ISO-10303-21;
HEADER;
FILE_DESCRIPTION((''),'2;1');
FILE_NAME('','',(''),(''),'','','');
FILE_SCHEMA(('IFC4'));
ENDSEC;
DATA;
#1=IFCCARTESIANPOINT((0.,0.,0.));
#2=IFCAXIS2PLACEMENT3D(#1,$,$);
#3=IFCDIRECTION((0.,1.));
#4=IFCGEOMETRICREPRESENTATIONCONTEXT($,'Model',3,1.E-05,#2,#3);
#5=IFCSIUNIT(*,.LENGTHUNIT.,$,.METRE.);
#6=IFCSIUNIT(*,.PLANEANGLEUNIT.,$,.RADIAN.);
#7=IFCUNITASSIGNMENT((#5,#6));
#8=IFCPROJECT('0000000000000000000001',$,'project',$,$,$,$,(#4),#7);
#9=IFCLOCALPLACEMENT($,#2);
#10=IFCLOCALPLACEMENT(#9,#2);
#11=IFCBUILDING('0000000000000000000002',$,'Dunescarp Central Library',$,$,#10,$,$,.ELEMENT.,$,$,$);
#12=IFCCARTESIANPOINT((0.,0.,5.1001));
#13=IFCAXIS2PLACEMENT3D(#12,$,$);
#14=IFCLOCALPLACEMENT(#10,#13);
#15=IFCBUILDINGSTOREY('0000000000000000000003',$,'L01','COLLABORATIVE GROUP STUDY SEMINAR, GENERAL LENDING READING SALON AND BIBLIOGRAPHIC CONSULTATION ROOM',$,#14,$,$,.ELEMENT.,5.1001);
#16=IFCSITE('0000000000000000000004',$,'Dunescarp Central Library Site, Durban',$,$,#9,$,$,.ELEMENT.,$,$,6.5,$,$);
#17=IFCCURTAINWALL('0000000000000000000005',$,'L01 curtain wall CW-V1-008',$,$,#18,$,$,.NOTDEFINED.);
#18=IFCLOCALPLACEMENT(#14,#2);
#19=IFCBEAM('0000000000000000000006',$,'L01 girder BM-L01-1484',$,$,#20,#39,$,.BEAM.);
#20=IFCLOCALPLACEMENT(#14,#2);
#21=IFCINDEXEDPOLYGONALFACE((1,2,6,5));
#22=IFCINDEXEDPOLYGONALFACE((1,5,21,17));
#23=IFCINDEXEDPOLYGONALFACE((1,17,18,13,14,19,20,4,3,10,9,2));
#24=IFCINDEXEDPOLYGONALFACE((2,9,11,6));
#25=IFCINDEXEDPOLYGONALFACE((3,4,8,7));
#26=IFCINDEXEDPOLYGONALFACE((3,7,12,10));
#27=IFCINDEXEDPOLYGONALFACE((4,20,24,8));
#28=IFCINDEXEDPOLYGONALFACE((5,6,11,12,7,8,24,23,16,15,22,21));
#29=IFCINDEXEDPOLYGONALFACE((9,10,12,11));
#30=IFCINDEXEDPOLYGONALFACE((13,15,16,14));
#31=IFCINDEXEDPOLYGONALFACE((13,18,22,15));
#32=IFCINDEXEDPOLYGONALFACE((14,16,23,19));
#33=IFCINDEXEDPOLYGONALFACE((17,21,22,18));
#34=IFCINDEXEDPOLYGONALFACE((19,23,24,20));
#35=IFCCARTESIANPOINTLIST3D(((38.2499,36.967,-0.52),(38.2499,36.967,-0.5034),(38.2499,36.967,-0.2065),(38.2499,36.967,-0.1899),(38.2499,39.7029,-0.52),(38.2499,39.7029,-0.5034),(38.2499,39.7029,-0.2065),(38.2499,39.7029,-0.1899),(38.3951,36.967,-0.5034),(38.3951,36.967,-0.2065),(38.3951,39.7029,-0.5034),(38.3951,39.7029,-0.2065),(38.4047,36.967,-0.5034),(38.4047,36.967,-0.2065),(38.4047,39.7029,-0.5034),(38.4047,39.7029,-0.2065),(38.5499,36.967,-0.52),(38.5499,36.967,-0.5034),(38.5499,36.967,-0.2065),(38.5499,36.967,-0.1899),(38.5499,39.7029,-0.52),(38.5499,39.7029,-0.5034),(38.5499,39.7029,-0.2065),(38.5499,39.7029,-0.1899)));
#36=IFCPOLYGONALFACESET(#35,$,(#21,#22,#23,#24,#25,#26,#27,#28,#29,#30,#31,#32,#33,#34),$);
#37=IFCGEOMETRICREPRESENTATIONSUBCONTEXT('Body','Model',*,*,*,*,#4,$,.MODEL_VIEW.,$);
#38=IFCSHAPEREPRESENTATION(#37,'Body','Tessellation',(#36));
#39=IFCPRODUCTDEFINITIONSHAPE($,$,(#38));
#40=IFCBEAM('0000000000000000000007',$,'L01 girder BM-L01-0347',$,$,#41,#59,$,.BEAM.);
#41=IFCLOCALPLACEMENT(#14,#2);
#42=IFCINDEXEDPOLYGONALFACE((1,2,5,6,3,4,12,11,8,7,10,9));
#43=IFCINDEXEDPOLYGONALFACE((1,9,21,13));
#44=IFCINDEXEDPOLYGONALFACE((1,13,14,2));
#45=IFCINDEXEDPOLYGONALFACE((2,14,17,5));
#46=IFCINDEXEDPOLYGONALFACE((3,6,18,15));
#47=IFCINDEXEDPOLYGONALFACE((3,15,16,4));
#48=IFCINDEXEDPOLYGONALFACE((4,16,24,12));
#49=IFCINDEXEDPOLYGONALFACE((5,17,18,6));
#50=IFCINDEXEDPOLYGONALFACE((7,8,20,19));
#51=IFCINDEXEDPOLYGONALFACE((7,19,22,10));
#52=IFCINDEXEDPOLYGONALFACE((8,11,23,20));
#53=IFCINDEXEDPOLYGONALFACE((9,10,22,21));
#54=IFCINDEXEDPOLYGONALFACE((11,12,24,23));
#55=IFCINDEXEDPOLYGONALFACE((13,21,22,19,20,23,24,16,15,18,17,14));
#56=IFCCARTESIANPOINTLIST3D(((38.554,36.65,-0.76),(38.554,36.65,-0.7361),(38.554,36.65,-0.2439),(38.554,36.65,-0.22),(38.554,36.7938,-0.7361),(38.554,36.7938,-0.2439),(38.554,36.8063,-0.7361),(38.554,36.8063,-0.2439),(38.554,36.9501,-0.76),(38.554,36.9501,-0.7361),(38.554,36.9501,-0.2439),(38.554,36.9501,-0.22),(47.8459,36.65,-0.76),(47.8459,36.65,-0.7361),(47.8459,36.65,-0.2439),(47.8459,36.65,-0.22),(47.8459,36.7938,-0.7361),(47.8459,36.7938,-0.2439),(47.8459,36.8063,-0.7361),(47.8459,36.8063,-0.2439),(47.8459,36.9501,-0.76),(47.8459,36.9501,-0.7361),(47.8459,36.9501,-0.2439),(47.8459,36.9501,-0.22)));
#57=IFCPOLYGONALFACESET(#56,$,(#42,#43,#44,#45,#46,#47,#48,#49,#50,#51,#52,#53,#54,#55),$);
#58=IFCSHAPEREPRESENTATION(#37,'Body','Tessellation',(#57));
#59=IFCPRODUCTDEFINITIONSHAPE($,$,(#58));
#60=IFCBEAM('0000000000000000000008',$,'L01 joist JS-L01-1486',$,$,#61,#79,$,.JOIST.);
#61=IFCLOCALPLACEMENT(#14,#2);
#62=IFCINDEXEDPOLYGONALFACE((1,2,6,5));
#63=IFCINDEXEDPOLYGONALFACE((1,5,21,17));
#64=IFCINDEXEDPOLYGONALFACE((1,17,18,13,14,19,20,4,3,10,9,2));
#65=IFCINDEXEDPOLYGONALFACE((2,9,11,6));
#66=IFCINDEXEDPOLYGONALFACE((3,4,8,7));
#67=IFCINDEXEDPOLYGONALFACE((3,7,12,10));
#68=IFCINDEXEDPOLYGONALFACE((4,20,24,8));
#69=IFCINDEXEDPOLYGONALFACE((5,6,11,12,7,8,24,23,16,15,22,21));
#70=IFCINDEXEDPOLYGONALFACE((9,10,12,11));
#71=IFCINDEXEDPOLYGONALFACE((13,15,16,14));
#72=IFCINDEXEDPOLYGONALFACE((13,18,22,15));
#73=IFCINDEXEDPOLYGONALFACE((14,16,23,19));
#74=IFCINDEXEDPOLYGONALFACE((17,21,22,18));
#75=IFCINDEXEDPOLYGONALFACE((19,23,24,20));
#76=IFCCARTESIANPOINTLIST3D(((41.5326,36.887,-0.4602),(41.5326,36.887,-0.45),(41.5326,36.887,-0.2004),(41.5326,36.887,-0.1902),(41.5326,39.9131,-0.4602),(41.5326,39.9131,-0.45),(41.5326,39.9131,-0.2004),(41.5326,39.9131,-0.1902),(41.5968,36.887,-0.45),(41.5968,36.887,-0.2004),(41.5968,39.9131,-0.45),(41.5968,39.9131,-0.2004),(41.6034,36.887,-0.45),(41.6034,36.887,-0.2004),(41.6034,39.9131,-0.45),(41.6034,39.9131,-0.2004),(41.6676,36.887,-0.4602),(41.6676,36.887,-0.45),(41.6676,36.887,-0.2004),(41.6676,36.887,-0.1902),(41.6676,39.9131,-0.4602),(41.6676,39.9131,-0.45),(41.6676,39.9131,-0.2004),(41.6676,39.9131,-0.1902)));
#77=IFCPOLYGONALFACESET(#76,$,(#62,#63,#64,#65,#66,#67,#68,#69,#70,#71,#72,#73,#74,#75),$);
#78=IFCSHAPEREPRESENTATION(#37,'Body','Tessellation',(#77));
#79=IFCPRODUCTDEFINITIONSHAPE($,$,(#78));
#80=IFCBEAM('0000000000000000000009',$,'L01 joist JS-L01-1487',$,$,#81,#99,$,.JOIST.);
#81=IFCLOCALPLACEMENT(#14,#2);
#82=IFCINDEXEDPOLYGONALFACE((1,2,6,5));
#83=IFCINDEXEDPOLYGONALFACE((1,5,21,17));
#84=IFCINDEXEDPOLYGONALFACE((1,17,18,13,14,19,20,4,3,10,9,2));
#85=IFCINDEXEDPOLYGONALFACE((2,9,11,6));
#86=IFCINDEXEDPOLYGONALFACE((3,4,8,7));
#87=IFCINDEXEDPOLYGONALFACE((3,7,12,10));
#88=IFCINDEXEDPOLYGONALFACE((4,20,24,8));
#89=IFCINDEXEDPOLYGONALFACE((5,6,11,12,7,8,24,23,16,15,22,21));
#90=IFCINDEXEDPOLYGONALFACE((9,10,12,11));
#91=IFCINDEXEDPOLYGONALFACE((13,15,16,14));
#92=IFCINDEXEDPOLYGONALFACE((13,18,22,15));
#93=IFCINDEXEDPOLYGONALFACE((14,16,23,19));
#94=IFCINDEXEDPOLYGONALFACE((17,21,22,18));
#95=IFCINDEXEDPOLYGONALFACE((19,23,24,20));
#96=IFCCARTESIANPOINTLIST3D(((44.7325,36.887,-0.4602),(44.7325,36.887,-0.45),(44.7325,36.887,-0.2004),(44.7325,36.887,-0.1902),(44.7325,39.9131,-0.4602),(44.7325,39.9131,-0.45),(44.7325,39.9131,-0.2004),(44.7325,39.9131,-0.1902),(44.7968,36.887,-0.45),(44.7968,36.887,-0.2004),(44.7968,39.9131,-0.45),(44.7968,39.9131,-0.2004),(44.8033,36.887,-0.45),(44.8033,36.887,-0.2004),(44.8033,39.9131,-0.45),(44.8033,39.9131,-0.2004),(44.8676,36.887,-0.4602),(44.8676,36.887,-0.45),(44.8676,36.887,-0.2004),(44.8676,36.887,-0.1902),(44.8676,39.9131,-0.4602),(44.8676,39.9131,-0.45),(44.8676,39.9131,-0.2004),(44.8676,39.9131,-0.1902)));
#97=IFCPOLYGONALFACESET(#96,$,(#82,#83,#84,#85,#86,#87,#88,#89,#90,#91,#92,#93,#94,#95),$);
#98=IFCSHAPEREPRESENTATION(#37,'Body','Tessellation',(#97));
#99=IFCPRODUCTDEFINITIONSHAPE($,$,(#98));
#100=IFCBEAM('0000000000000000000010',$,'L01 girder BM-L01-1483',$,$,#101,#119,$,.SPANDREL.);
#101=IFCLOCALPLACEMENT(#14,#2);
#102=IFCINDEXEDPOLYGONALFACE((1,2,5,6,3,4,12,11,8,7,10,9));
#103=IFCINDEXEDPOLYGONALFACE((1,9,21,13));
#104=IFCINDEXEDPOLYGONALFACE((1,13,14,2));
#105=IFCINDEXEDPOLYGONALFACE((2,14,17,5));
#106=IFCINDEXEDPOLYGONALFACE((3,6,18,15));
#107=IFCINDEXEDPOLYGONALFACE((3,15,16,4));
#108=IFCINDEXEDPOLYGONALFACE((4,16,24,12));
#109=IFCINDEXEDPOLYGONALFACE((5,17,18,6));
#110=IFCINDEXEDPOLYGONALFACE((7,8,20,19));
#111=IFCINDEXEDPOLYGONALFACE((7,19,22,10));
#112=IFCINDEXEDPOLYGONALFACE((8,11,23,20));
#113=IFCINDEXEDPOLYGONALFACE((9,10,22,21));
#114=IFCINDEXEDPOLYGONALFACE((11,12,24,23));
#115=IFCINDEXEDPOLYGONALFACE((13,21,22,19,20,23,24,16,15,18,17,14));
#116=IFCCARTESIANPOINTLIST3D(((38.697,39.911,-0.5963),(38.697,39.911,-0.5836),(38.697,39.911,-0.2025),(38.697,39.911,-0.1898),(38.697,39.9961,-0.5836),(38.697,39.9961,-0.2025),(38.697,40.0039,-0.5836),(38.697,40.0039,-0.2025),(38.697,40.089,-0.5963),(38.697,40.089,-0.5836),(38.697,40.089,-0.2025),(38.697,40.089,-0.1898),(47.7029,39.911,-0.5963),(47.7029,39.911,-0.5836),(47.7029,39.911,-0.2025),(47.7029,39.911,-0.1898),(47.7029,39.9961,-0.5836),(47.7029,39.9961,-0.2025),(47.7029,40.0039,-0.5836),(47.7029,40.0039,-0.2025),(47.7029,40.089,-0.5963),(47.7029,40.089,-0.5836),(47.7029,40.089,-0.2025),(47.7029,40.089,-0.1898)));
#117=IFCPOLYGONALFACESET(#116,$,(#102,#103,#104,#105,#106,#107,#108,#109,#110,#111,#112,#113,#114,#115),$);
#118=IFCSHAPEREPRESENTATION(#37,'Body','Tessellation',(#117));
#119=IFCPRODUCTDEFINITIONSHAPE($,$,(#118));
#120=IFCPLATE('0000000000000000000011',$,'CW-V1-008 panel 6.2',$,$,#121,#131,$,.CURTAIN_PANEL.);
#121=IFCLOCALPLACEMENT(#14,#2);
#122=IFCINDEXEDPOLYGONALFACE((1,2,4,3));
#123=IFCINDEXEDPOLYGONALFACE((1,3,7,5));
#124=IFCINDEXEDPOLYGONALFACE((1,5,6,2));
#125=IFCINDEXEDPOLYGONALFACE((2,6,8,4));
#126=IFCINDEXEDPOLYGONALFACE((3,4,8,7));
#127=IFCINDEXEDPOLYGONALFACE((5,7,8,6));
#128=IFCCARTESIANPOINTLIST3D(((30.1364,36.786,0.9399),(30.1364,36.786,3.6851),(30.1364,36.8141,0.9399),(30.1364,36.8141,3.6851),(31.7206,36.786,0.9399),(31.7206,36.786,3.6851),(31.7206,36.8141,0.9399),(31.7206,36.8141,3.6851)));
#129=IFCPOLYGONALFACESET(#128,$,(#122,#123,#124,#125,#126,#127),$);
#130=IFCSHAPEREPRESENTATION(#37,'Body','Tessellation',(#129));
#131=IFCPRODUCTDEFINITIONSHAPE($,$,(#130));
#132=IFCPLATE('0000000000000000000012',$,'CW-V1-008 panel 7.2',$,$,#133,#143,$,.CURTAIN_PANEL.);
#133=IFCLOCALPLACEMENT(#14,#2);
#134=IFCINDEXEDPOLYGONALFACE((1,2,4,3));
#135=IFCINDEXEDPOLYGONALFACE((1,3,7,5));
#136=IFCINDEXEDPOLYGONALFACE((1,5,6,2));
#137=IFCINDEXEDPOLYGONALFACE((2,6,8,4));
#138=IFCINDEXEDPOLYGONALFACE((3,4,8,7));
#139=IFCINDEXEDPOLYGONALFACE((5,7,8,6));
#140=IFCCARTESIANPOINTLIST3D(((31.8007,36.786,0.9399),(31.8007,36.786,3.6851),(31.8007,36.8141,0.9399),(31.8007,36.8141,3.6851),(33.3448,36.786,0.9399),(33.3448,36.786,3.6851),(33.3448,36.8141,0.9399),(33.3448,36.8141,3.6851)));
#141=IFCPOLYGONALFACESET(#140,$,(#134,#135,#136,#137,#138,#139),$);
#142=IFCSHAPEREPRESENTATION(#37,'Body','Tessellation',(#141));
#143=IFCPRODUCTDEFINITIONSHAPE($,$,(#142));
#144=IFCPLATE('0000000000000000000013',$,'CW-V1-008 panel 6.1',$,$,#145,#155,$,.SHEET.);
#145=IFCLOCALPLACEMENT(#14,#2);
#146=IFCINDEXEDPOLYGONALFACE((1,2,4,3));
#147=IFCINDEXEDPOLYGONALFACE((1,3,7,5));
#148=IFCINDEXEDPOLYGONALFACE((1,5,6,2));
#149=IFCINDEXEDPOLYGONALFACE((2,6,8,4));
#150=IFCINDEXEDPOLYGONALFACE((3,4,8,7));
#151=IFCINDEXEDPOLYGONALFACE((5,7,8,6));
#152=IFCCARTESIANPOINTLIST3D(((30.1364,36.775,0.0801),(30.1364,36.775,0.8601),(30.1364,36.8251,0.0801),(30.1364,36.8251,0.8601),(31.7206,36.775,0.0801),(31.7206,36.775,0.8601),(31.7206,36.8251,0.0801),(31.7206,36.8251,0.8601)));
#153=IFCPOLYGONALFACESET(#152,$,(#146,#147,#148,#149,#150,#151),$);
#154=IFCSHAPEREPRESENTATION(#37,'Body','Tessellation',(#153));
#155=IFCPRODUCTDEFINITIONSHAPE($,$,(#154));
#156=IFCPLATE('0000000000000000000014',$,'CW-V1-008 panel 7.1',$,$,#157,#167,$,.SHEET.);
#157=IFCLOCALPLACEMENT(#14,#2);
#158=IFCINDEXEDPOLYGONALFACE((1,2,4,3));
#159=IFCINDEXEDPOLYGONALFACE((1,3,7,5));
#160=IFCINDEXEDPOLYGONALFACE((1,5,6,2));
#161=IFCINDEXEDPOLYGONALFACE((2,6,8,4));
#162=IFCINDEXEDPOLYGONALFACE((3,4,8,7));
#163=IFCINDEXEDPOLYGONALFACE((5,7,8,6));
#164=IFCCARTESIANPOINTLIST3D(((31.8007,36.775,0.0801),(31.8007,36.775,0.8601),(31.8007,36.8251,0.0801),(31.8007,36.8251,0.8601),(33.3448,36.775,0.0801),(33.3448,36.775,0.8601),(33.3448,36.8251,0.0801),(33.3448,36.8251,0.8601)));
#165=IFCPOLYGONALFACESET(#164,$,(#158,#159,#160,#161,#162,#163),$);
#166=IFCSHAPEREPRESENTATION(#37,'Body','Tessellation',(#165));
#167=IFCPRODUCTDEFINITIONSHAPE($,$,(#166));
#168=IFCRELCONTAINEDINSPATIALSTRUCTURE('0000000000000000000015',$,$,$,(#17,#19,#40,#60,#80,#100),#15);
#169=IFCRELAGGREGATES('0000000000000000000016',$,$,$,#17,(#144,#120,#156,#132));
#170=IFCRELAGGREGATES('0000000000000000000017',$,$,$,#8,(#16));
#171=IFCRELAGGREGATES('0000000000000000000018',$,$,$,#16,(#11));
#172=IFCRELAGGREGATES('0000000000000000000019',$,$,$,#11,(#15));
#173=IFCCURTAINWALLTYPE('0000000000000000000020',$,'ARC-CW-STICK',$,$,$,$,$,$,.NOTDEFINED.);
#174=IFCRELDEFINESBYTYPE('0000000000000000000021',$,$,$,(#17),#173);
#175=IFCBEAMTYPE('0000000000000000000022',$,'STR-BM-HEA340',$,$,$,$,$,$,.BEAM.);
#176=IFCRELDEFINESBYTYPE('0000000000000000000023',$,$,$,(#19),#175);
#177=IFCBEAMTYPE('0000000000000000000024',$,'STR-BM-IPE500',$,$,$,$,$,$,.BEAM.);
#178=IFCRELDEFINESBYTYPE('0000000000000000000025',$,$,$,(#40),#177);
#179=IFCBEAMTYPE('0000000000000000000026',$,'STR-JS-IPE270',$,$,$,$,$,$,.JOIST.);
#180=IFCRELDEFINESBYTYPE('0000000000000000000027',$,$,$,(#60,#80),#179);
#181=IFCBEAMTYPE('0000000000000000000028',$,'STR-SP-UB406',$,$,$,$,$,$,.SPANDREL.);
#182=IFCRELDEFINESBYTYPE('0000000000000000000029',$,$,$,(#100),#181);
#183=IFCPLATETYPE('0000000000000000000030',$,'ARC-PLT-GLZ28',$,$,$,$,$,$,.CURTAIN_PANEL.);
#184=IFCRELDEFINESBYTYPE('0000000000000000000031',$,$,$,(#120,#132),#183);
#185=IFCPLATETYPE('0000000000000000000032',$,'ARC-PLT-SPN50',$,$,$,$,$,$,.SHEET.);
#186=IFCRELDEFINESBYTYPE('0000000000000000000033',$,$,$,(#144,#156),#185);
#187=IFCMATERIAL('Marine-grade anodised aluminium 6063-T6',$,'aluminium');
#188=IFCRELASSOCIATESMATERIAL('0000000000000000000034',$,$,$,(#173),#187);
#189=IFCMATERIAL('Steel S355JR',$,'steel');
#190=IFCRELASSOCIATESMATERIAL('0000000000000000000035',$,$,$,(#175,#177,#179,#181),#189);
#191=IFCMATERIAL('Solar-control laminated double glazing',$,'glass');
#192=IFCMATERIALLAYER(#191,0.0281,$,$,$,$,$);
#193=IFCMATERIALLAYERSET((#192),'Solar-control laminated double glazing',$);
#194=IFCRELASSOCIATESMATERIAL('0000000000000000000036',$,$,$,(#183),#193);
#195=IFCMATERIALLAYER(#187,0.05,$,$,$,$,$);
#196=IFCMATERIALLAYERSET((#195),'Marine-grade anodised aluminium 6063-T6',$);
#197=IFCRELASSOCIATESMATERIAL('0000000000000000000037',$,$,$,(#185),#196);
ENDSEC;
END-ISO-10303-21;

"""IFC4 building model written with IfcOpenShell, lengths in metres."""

from ifc_helpers import new_model, si_unit, direction, frame, origin, origin_2d, place, context, subcontext, project, spatial, rectangle, i_section, extrude, material, layer, layer_set, material_profile, profile_set, type_object, element, aggregate, save


model = new_model("IFC4")

# Units and contexts
model_context = context("Model", 3, precision=1e-05, world=origin(), true_north=direction((0.0, 1.0)))
body_context = subcontext(model_context, "Body", "Model", "MODEL_VIEW")
ifc_project = project(units=[si_unit("LENGTHUNIT", "METRE"), si_unit("PLANEANGLEUNIT", "RADIAN")], contexts=[model_context])

# Site, building, storey
site_placement = place(None, origin())
site = spatial("IfcSite", under=ifc_project, at=site_placement, Name="Dunescarp Central Library Site, Durban", CompositionType="ELEMENT", RefElevation=6.5)
building_placement = place(site_placement, origin())
building = spatial("IfcBuilding", under=site, at=building_placement, Name="Dunescarp Central Library", CompositionType="ELEMENT")
storey_placement = place(building_placement, frame((0.0, 0.0, 5.1001)))
storey = spatial("IfcBuildingStorey", under=building, at=storey_placement, Name="L01", Description="COLLABORATIVE GROUP STUDY SEMINAR, GENERAL LENDING READING SALON AND BIBLIOGRAPHIC CONSULTATION ROOM", CompositionType="ELEMENT", Elevation=5.1001)

# Shared definitions
ifc_material_1 = material(Name="Steel S355JR", Category="steel")

# Curtain wall
ifc_material_2 = material(Name="Marine-grade anodised aluminium 6063-T6", Category="aluminium")
curtain_wall_type = type_object("IfcCurtainWallType", Name="ARC-CW-STICK", PredefinedType="NOTDEFINED", material=ifc_material_2)
curtain_wall_1_placement = place(storey_placement, origin())
curtain_wall_1 = element("IfcCurtainWall", 1, at=curtain_wall_1_placement, inside=storey, type_object=curtain_wall_type, Name="L01 curtain wall CW-V1-008", PredefinedType="NOTDEFINED")

# Beams
ifc_material_profile_1 = material_profile(ifc_material_1, i_section(OverallWidth=0.3, OverallDepth=0.3301, WebThickness=0.0095, FlangeThickness=0.0166, at=origin_2d()), Name="HEA 340")
ifc_profile_set_1 = profile_set([ifc_material_profile_1], Name="Steel S355JR")
beam_type_1 = type_object("IfcBeamType", Name="STR-BM-HEA340", PredefinedType="BEAM", material=ifc_profile_set_1)
beam_1_placement = place(storey_placement, frame((38.3999, 36.967, -0.355), z_axis=(0.0, 1.0, 0.0), x_axis=(-1.0, 0.0, 0.0)))
element("IfcBeam", 2, at=beam_1_placement, inside=storey, type_object=beam_type_1, Name="L01 girder BM-L01-1484", PredefinedType="BEAM", context=body_context, shape_type="SweptSolid", body=[
    extrude(i_section(OverallWidth=0.3, OverallDepth=0.3301, WebThickness=0.0095, FlangeThickness=0.0166, at=origin_2d()), origin(), (0.0, 0.0, 1.0), 2.7358),
])
ifc_material_profile_2 = material_profile(ifc_material_1, i_section(OverallWidth=0.3, OverallDepth=0.54, WebThickness=0.0125, FlangeThickness=0.0239, at=origin_2d()), Name="HEA 550")
ifc_profile_set_2 = profile_set([ifc_material_profile_2], Name="Steel S355JR")
beam_type_2 = type_object("IfcBeamType", Name="STR-BM-IPE500", PredefinedType="BEAM", material=ifc_profile_set_2)
beam_2_placement = place(storey_placement, frame((38.554, 36.8, -0.49), z_axis=(1.0, 0.0, 0.0), x_axis=(0.0, 1.0, 0.0)))
element("IfcBeam", 3, at=beam_2_placement, inside=storey, type_object=beam_type_2, Name="L01 girder BM-L01-0347", PredefinedType="BEAM", context=body_context, shape_type="SweptSolid", body=[
    extrude(i_section(OverallWidth=0.3, OverallDepth=0.54, WebThickness=0.0125, FlangeThickness=0.0239, at=origin_2d()), origin(), (0.0, 0.0, 1.0), 9.292),
])
ifc_material_profile_3 = material_profile(ifc_material_1, i_section(OverallWidth=0.135, OverallDepth=0.27, WebThickness=0.0066, FlangeThickness=0.0103, at=origin_2d()), Name="IPE 270")
ifc_profile_set_3 = profile_set([ifc_material_profile_3], Name="Steel S355JR")
beam_type_3 = type_object("IfcBeamType", Name="STR-JS-IPE270", PredefinedType="JOIST", material=ifc_profile_set_3)
for number, where, z_axis, x_axis, name in (
    (4, (41.6001, 36.887, -0.3252), (0.0, 1.0, 0.0), (-1.0, 0.0, 0.0), "L01 joist JS-L01-1486"),
    (5, (44.8, 36.887, -0.3252), (0.0, 1.0, 0.0), (-1.0, 0.0, 0.0), "L01 joist JS-L01-1487"),
):
    element("IfcBeam", number, at=place(storey_placement, frame(where, z_axis=z_axis, x_axis=x_axis)), inside=storey, type_object=beam_type_3, Name=name, PredefinedType="JOIST", context=body_context, shape_type="SweptSolid", body=[
        extrude(i_section(OverallWidth=0.135, OverallDepth=0.27, WebThickness=0.0066, FlangeThickness=0.0103, at=origin_2d()), origin(), (0.0, 0.0, 1.0), 3.0261),
    ])
ifc_material_profile_4 = material_profile(ifc_material_1, i_section(OverallWidth=0.178, OverallDepth=0.4065, WebThickness=0.0078, FlangeThickness=0.0127, at=origin_2d()), Name="UB 406x178x60")
ifc_profile_set_4 = profile_set([ifc_material_profile_4], Name="Steel S355JR")
beam_type_4 = type_object("IfcBeamType", Name="STR-SP-UB406", PredefinedType="SPANDREL", material=ifc_profile_set_4)
beam_3_placement = place(storey_placement, frame((38.697, 40.0, -0.3931), z_axis=(1.0, 0.0, 0.0), x_axis=(0.0, 1.0, 0.0)))
element("IfcBeam", 6, at=beam_3_placement, inside=storey, type_object=beam_type_4, Name="L01 girder BM-L01-1483", PredefinedType="SPANDREL", context=body_context, shape_type="SweptSolid", body=[
    extrude(i_section(OverallWidth=0.178, OverallDepth=0.4065, WebThickness=0.0078, FlangeThickness=0.0127, at=origin_2d()), origin(), (0.0, 0.0, 1.0), 9.0059),
])

# Plates
ifc_material_3 = material(Name="Solar-control laminated double glazing", Category="glass")
ifc_layer_1 = layer(ifc_material_3, 0.0281)
ifc_layer_set_1 = layer_set([ifc_layer_1], Name="Solar-control laminated double glazing")
plate_type_1 = type_object("IfcPlateType", Name="ARC-PLT-GLZ28", PredefinedType="CURTAIN_PANEL", material=ifc_layer_set_1)
plate_1_placement = place(storey_placement, frame((30.9285, 36.8, 0.9399), z_axis=(0.0, 0.0, 1.0), x_axis=(1.0, 0.0, 0.0)))
plate_1 = element("IfcPlate", 7, at=plate_1_placement, type_object=plate_type_1, Name="CW-V1-008 panel 6.2", PredefinedType="CURTAIN_PANEL", context=body_context, shape_type="SweptSolid", body=[
    extrude(rectangle(XDim=1.5842, YDim=0.0281, at=origin_2d()), origin(), (0.0, 0.0, 1.0), 2.7451),
])
plate_2_placement = place(storey_placement, frame((32.5728, 36.8, 0.9399), z_axis=(0.0, 0.0, 1.0), x_axis=(1.0, 0.0, 0.0)))
plate_2 = element("IfcPlate", 8, at=plate_2_placement, type_object=plate_type_1, Name="CW-V1-008 panel 7.2", PredefinedType="CURTAIN_PANEL", context=body_context, shape_type="SweptSolid", body=[
    extrude(rectangle(XDim=1.5442, YDim=0.0281, at=origin_2d()), origin(), (0.0, 0.0, 1.0), 2.7451),
])
ifc_layer_2 = layer(ifc_material_2, 0.05)
ifc_layer_set_2 = layer_set([ifc_layer_2], Name="Marine-grade anodised aluminium 6063-T6")
plate_type_2 = type_object("IfcPlateType", Name="ARC-PLT-SPN50", PredefinedType="SHEET", material=ifc_layer_set_2)
plate_3_placement = place(storey_placement, frame((30.9285, 36.8, 0.0801), z_axis=(0.0, 0.0, 1.0), x_axis=(1.0, 0.0, 0.0)))
plate_3 = element("IfcPlate", 9, at=plate_3_placement, type_object=plate_type_2, Name="CW-V1-008 panel 6.1", PredefinedType="SHEET", context=body_context, shape_type="SweptSolid", body=[
    extrude(rectangle(XDim=1.5842, YDim=0.05, at=origin_2d()), origin(), (0.0, 0.0, 1.0), 0.78),
])
plate_4_placement = place(storey_placement, frame((32.5728, 36.8, 0.0801), z_axis=(0.0, 0.0, 1.0), x_axis=(1.0, 0.0, 0.0)))
plate_4 = element("IfcPlate", 10, at=plate_4_placement, type_object=plate_type_2, Name="CW-V1-008 panel 7.1", PredefinedType="SHEET", context=body_context, shape_type="SweptSolid", body=[
    extrude(rectangle(XDim=1.5442, YDim=0.05, at=origin_2d()), origin(), (0.0, 0.0, 1.0), 0.78),
])
aggregate(curtain_wall_1, [plate_3, plate_1, plate_4, plate_2])

save(model, "model.ifc")
